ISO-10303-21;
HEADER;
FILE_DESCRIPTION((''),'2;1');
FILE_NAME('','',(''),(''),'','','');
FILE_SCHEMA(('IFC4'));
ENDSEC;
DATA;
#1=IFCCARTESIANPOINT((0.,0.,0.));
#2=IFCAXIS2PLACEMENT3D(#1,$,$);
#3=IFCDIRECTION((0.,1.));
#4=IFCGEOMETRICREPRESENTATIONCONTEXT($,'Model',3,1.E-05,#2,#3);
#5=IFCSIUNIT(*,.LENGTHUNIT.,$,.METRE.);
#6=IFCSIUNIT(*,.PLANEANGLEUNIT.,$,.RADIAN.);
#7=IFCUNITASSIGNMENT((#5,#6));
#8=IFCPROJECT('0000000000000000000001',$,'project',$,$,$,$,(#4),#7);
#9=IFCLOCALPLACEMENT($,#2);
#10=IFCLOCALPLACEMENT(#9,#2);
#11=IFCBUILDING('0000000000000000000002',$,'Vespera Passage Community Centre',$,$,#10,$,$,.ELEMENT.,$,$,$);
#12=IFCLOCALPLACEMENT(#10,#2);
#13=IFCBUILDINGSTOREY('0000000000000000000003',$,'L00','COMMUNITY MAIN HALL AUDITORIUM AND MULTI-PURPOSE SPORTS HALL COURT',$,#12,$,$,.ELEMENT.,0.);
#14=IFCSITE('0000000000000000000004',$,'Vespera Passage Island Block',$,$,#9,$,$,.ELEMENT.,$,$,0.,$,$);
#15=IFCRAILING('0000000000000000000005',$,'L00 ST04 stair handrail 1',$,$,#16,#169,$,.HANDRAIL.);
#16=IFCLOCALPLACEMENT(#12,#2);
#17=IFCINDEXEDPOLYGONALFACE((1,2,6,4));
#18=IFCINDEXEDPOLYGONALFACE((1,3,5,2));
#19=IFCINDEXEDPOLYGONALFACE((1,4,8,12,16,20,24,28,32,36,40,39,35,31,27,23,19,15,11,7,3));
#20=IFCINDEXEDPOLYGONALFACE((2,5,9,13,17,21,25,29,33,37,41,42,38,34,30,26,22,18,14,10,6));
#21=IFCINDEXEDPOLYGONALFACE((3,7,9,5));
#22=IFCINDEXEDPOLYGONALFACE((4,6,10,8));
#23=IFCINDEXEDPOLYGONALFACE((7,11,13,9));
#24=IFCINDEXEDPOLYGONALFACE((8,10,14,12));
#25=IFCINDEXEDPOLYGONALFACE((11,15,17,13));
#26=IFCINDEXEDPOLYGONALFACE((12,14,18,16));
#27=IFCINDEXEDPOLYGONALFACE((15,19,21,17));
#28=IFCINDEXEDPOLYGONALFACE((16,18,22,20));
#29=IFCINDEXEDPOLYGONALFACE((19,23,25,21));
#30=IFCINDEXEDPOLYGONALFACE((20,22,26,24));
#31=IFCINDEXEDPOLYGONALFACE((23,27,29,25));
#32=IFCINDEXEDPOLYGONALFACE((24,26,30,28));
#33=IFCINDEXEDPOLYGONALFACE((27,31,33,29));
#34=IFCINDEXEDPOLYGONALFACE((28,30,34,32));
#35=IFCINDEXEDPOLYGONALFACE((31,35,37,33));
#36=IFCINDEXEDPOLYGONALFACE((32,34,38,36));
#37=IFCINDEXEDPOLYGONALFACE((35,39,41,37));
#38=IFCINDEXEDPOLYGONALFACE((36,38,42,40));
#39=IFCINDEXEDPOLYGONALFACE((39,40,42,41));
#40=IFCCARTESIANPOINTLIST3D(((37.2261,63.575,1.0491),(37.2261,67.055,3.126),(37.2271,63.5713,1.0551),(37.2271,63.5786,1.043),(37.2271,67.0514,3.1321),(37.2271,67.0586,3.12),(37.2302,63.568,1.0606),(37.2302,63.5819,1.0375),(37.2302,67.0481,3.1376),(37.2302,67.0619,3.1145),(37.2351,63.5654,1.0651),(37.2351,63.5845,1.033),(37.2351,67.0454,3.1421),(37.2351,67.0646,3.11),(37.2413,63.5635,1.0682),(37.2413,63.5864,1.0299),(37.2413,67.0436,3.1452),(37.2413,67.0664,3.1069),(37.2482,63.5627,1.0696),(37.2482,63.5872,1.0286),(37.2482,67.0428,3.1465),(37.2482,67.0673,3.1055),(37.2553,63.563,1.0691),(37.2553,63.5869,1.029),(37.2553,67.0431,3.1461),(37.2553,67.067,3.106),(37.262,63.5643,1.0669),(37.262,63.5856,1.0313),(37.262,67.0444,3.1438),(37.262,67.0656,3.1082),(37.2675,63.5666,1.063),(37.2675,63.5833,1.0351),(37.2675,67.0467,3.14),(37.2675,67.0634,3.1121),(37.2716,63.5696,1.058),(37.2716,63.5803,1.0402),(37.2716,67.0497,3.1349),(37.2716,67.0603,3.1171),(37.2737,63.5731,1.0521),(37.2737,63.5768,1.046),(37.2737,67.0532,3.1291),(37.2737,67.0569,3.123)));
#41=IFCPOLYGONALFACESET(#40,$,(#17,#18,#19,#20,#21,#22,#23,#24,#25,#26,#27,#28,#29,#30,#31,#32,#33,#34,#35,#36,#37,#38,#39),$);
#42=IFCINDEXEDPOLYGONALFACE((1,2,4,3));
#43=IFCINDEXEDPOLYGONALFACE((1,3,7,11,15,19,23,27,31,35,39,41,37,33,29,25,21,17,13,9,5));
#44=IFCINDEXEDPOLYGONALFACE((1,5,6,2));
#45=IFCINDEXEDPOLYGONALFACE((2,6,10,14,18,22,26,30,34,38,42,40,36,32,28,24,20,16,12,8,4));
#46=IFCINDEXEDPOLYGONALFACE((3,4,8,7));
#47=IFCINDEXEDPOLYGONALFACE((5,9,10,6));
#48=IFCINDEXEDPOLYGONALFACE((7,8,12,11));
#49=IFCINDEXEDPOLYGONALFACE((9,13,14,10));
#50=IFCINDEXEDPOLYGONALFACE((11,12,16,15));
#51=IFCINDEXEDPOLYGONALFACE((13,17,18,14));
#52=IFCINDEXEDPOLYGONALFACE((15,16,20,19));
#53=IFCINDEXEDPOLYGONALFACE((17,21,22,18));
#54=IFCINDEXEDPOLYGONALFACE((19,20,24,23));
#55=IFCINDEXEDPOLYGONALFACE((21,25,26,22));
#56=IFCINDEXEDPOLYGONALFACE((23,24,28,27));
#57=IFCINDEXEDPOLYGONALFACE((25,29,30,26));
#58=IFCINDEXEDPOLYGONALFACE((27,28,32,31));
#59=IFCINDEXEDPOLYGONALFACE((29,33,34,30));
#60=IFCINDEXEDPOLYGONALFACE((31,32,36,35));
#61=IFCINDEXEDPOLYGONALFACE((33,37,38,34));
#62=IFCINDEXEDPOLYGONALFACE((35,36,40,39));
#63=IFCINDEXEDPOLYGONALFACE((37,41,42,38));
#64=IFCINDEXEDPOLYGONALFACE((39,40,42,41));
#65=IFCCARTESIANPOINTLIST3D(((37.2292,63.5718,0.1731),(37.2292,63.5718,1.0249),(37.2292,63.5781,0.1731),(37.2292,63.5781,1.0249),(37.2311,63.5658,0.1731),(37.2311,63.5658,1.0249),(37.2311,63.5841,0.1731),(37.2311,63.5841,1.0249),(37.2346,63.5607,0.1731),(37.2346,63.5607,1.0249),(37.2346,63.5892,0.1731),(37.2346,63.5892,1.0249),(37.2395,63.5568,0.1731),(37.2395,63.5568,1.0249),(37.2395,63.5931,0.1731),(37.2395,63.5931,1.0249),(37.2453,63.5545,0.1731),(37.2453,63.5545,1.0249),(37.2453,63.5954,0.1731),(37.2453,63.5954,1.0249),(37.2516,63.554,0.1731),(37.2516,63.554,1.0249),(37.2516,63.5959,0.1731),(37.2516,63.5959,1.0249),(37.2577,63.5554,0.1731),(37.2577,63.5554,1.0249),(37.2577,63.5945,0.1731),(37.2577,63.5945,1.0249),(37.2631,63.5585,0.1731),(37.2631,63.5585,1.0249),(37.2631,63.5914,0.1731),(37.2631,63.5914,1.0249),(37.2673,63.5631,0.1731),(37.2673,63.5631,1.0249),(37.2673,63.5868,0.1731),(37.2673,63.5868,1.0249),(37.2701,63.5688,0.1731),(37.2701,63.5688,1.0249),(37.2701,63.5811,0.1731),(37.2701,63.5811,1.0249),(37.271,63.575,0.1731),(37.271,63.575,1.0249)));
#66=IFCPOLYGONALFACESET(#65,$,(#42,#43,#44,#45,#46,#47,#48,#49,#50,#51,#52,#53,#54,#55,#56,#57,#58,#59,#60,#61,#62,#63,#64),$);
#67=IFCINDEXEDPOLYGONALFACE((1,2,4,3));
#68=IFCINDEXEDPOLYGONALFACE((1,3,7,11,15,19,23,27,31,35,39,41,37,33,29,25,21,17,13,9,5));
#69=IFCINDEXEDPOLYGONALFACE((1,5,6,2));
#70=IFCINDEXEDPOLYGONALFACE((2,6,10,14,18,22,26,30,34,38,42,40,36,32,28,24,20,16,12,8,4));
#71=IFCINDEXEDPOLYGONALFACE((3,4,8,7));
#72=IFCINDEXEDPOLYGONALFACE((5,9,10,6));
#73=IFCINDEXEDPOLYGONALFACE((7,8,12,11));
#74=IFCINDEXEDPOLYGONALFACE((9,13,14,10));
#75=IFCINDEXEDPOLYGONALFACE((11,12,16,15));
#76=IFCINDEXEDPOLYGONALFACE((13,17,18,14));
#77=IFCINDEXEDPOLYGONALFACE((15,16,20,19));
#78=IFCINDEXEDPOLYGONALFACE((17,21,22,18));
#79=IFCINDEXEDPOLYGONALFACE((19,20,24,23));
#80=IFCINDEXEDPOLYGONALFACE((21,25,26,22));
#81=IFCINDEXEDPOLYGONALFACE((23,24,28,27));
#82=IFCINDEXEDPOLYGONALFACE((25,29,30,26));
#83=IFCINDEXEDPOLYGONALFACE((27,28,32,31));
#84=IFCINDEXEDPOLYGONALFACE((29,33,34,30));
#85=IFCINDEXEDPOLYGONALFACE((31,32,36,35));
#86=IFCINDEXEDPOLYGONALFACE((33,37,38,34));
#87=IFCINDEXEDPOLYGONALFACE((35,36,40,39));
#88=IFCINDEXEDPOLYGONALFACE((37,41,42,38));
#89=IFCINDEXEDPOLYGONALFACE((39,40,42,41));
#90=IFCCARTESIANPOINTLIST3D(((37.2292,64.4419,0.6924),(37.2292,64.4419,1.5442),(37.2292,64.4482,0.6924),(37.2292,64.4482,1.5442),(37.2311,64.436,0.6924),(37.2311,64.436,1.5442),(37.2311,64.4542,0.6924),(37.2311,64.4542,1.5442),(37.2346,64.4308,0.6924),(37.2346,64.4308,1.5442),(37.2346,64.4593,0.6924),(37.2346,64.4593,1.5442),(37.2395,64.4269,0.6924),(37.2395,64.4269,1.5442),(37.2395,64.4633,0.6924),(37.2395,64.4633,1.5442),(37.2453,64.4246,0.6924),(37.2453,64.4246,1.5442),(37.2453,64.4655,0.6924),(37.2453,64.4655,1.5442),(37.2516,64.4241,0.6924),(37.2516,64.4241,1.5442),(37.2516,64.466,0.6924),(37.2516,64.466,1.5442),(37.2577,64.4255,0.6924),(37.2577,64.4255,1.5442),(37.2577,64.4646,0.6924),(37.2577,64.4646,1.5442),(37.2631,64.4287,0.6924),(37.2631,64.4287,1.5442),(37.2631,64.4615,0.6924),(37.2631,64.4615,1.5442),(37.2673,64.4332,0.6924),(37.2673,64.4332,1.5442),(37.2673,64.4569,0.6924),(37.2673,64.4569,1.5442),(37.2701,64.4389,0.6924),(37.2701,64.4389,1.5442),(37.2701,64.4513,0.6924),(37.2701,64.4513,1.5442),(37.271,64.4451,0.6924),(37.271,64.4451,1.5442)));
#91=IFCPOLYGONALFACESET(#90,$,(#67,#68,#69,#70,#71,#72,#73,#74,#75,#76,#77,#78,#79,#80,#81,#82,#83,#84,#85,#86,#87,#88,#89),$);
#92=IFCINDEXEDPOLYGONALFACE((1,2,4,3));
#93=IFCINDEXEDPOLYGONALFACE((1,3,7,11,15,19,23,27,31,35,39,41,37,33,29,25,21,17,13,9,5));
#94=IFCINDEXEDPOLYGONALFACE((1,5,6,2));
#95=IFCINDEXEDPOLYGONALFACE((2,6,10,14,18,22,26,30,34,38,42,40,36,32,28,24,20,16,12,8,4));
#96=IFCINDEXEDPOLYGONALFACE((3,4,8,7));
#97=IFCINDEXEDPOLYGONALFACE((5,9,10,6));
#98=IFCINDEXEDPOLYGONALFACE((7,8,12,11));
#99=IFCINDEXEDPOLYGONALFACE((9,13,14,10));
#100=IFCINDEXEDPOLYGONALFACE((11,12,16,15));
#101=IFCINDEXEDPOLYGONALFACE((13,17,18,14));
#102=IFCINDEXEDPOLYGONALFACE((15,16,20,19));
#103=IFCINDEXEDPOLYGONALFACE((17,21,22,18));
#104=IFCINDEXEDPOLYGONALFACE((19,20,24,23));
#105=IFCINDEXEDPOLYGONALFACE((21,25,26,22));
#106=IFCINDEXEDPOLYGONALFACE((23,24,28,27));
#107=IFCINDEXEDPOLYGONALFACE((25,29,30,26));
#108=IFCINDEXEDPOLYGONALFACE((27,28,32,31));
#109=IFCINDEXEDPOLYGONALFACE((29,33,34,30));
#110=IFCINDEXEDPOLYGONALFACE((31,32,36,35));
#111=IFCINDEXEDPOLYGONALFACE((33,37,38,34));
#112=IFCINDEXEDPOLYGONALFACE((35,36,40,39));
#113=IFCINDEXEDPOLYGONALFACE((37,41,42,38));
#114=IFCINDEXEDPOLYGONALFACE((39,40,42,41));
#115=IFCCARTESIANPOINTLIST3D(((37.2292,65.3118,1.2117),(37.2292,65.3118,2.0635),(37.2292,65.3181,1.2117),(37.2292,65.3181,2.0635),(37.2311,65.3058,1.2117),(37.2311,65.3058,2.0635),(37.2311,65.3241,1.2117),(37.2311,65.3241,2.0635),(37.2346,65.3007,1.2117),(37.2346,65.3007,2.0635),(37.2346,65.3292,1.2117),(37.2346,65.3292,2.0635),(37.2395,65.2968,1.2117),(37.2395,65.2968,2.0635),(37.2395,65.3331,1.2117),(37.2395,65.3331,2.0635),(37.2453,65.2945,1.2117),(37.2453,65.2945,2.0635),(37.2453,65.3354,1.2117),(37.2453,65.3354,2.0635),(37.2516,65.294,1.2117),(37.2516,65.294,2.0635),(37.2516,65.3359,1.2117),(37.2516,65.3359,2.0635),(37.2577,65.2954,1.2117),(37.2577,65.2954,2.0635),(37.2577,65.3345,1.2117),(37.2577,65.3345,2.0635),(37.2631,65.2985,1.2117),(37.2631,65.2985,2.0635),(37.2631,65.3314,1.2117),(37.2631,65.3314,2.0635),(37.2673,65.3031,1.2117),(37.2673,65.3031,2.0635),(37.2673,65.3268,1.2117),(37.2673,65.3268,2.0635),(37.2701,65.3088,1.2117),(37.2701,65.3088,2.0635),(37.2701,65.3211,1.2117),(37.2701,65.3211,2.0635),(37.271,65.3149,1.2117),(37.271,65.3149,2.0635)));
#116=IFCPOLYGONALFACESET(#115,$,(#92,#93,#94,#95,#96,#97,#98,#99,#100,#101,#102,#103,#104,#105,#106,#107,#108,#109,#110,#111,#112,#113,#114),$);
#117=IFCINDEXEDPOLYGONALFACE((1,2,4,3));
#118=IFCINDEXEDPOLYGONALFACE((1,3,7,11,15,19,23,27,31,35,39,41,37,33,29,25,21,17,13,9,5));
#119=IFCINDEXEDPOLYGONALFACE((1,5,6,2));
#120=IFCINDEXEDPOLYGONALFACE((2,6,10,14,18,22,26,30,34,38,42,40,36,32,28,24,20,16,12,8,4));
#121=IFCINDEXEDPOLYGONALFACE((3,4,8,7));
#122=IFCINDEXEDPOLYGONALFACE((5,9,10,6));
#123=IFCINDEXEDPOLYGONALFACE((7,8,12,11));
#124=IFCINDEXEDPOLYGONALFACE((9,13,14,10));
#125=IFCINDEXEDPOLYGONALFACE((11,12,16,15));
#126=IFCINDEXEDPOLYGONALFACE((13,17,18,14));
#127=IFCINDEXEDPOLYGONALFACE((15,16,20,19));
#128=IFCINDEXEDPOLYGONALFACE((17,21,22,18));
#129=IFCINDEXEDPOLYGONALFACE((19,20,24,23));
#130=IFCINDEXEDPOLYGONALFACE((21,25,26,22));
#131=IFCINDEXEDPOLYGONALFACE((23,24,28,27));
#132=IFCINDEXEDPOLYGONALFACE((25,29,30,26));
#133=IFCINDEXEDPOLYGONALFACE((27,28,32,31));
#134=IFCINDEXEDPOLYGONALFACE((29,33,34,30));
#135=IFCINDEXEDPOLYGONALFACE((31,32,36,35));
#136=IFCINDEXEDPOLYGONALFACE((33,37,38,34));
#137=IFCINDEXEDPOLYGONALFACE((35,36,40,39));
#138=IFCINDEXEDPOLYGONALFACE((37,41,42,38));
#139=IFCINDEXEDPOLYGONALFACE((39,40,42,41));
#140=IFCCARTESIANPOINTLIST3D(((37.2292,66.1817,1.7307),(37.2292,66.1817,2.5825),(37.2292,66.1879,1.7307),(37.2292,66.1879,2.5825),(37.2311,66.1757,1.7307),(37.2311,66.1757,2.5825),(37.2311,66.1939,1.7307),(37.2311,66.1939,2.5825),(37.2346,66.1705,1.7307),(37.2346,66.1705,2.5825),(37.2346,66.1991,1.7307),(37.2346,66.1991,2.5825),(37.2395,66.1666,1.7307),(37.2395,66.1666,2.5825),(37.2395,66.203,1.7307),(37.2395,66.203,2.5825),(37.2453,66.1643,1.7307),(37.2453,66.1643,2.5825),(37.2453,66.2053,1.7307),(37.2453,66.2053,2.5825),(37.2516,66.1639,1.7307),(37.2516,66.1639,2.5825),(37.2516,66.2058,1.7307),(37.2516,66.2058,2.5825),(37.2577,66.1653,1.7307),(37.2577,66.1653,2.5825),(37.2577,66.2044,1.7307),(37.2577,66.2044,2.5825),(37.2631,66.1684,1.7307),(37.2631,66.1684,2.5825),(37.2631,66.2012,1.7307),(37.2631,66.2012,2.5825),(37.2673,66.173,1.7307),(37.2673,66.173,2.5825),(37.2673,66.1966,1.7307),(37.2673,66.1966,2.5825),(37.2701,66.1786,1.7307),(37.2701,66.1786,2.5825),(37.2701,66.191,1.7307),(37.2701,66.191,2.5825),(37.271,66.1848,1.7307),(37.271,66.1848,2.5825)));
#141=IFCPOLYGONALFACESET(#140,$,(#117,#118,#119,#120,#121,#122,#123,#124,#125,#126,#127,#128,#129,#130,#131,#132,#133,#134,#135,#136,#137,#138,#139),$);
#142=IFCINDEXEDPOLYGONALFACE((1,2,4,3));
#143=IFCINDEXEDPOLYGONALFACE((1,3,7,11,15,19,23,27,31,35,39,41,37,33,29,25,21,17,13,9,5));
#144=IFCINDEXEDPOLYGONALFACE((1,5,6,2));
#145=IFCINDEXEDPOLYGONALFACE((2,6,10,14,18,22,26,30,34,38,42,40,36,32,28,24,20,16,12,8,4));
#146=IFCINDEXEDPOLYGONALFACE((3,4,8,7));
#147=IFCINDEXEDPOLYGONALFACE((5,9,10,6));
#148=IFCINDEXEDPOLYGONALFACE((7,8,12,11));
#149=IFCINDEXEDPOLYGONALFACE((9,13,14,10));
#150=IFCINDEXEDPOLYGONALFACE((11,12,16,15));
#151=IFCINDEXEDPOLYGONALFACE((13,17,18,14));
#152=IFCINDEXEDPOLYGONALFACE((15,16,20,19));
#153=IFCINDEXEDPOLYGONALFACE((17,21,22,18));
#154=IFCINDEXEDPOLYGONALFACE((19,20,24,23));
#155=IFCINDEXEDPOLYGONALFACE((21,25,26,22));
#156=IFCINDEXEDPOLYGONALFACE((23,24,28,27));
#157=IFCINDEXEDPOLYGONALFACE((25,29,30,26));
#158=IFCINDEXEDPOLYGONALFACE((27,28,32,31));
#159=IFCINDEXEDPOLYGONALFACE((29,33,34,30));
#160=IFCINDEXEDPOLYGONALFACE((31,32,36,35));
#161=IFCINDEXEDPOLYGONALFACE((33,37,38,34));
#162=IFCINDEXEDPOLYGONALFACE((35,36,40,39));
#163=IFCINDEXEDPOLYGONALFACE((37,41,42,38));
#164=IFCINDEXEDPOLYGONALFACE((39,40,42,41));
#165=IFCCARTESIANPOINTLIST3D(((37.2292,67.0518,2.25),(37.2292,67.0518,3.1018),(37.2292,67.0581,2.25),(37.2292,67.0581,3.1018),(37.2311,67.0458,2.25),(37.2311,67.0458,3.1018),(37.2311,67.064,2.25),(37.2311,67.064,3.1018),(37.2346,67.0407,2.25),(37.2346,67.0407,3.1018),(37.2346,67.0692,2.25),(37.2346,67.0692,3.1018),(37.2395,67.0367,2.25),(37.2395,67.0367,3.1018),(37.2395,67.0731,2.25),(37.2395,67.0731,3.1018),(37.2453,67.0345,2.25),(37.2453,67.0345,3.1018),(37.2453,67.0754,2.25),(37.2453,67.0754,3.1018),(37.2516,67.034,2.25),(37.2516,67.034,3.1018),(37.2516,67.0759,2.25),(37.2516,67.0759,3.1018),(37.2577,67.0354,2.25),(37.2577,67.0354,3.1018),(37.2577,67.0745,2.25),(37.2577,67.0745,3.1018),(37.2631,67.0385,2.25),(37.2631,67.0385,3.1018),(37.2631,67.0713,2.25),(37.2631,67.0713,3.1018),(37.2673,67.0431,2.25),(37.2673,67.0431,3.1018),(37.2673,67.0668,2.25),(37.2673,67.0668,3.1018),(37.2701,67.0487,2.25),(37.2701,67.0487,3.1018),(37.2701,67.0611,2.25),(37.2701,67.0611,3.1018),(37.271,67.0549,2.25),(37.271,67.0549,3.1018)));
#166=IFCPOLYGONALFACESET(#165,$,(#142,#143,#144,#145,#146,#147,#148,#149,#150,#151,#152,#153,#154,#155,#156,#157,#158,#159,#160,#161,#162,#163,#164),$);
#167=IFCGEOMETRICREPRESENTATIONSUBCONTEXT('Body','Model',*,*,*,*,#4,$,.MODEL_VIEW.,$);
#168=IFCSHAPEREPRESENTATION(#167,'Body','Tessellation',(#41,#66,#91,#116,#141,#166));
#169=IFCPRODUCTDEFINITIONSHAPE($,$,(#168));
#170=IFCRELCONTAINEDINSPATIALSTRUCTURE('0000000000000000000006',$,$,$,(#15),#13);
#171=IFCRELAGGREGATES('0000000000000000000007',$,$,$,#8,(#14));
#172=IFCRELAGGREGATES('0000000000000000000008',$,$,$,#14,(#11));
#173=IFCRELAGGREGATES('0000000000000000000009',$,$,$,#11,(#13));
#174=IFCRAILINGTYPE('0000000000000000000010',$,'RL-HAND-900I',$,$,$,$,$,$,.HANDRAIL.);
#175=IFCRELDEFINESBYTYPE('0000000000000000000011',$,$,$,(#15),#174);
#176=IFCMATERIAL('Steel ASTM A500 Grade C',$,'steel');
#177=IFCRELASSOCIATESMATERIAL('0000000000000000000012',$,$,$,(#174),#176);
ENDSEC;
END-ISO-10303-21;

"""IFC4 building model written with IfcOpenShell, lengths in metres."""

from ifc_helpers import new_model, si_unit, direction, frame, origin, origin_2d, place, context, subcontext, project, spatial, circle, extrude, material, type_object, element, save


model = new_model("IFC4")

# Units and contexts
model_context = context("Model", 3, precision=1e-05, world=origin(), true_north=direction((0.0, 1.0)))
body_context = subcontext(model_context, "Body", "Model", "MODEL_VIEW")
ifc_project = project(units=[si_unit("LENGTHUNIT", "METRE"), si_unit("PLANEANGLEUNIT", "RADIAN")], contexts=[model_context])

# Site, building, storey
site_placement = place(None, origin())
site = spatial("IfcSite", under=ifc_project, at=site_placement, Name="Vespera Passage Island Block", CompositionType="ELEMENT", RefElevation=0.0)
building_placement = place(site_placement, origin())
building = spatial("IfcBuilding", under=site, at=building_placement, Name="Vespera Passage Community Centre", CompositionType="ELEMENT")
storey_placement = place(building_placement, origin())
storey = spatial("IfcBuildingStorey", under=building, at=storey_placement, Name="L00", Description="COMMUNITY MAIN HALL AUDITORIUM AND MULTI-PURPOSE SPORTS HALL COURT", CompositionType="ELEMENT", Elevation=0.0)

# Railing
ifc_material_1 = material(Name="Steel ASTM A500 Grade C", Category="steel")
railing_type_1 = type_object("IfcRailingType", Name="RL-HAND-900I", PredefinedType="HANDRAIL", material=ifc_material_1)
railing_1_placement = place(storey_placement, frame((37.25, 63.575, 0.1731)))
element("IfcRailing", 1, at=railing_1_placement, inside=storey, type_object=railing_type_1, Name="L00 ST04 stair handrail 1", PredefinedType="HANDRAIL", context=body_context, shape_type="SweptSolid", body=[
    extrude(circle(Radius=0.0239, at=origin_2d()), frame((0.0, 0.0, 0.876), z_axis=(0.0, 0.858697, 0.512483), x_axis=(-1.0, 0.0, 0.0)), (0.0, 0.0, 1.0), 4.0527),
    extrude(circle(Radius=0.021, at=origin_2d()), origin(), (0.0, 0.0, 1.0), 0.8518),
    extrude(circle(Radius=0.021, at=origin_2d()), frame((0.0, 0.8701, 0.5193)), (0.0, 0.0, 1.0), 0.8518),
    extrude(circle(Radius=0.021, at=origin_2d()), frame((0.0, 1.74, 1.0386)), (0.0, 0.0, 1.0), 0.8518),
    extrude(circle(Radius=0.021, at=origin_2d()), frame((0.0, 2.6099, 1.5576)), (0.0, 0.0, 1.0), 0.8518),
    extrude(circle(Radius=0.021, at=origin_2d()), frame((0.0, 3.48, 2.0769)), (0.0, 0.0, 1.0), 0.8518),
])

save(model, "model.ifc")
